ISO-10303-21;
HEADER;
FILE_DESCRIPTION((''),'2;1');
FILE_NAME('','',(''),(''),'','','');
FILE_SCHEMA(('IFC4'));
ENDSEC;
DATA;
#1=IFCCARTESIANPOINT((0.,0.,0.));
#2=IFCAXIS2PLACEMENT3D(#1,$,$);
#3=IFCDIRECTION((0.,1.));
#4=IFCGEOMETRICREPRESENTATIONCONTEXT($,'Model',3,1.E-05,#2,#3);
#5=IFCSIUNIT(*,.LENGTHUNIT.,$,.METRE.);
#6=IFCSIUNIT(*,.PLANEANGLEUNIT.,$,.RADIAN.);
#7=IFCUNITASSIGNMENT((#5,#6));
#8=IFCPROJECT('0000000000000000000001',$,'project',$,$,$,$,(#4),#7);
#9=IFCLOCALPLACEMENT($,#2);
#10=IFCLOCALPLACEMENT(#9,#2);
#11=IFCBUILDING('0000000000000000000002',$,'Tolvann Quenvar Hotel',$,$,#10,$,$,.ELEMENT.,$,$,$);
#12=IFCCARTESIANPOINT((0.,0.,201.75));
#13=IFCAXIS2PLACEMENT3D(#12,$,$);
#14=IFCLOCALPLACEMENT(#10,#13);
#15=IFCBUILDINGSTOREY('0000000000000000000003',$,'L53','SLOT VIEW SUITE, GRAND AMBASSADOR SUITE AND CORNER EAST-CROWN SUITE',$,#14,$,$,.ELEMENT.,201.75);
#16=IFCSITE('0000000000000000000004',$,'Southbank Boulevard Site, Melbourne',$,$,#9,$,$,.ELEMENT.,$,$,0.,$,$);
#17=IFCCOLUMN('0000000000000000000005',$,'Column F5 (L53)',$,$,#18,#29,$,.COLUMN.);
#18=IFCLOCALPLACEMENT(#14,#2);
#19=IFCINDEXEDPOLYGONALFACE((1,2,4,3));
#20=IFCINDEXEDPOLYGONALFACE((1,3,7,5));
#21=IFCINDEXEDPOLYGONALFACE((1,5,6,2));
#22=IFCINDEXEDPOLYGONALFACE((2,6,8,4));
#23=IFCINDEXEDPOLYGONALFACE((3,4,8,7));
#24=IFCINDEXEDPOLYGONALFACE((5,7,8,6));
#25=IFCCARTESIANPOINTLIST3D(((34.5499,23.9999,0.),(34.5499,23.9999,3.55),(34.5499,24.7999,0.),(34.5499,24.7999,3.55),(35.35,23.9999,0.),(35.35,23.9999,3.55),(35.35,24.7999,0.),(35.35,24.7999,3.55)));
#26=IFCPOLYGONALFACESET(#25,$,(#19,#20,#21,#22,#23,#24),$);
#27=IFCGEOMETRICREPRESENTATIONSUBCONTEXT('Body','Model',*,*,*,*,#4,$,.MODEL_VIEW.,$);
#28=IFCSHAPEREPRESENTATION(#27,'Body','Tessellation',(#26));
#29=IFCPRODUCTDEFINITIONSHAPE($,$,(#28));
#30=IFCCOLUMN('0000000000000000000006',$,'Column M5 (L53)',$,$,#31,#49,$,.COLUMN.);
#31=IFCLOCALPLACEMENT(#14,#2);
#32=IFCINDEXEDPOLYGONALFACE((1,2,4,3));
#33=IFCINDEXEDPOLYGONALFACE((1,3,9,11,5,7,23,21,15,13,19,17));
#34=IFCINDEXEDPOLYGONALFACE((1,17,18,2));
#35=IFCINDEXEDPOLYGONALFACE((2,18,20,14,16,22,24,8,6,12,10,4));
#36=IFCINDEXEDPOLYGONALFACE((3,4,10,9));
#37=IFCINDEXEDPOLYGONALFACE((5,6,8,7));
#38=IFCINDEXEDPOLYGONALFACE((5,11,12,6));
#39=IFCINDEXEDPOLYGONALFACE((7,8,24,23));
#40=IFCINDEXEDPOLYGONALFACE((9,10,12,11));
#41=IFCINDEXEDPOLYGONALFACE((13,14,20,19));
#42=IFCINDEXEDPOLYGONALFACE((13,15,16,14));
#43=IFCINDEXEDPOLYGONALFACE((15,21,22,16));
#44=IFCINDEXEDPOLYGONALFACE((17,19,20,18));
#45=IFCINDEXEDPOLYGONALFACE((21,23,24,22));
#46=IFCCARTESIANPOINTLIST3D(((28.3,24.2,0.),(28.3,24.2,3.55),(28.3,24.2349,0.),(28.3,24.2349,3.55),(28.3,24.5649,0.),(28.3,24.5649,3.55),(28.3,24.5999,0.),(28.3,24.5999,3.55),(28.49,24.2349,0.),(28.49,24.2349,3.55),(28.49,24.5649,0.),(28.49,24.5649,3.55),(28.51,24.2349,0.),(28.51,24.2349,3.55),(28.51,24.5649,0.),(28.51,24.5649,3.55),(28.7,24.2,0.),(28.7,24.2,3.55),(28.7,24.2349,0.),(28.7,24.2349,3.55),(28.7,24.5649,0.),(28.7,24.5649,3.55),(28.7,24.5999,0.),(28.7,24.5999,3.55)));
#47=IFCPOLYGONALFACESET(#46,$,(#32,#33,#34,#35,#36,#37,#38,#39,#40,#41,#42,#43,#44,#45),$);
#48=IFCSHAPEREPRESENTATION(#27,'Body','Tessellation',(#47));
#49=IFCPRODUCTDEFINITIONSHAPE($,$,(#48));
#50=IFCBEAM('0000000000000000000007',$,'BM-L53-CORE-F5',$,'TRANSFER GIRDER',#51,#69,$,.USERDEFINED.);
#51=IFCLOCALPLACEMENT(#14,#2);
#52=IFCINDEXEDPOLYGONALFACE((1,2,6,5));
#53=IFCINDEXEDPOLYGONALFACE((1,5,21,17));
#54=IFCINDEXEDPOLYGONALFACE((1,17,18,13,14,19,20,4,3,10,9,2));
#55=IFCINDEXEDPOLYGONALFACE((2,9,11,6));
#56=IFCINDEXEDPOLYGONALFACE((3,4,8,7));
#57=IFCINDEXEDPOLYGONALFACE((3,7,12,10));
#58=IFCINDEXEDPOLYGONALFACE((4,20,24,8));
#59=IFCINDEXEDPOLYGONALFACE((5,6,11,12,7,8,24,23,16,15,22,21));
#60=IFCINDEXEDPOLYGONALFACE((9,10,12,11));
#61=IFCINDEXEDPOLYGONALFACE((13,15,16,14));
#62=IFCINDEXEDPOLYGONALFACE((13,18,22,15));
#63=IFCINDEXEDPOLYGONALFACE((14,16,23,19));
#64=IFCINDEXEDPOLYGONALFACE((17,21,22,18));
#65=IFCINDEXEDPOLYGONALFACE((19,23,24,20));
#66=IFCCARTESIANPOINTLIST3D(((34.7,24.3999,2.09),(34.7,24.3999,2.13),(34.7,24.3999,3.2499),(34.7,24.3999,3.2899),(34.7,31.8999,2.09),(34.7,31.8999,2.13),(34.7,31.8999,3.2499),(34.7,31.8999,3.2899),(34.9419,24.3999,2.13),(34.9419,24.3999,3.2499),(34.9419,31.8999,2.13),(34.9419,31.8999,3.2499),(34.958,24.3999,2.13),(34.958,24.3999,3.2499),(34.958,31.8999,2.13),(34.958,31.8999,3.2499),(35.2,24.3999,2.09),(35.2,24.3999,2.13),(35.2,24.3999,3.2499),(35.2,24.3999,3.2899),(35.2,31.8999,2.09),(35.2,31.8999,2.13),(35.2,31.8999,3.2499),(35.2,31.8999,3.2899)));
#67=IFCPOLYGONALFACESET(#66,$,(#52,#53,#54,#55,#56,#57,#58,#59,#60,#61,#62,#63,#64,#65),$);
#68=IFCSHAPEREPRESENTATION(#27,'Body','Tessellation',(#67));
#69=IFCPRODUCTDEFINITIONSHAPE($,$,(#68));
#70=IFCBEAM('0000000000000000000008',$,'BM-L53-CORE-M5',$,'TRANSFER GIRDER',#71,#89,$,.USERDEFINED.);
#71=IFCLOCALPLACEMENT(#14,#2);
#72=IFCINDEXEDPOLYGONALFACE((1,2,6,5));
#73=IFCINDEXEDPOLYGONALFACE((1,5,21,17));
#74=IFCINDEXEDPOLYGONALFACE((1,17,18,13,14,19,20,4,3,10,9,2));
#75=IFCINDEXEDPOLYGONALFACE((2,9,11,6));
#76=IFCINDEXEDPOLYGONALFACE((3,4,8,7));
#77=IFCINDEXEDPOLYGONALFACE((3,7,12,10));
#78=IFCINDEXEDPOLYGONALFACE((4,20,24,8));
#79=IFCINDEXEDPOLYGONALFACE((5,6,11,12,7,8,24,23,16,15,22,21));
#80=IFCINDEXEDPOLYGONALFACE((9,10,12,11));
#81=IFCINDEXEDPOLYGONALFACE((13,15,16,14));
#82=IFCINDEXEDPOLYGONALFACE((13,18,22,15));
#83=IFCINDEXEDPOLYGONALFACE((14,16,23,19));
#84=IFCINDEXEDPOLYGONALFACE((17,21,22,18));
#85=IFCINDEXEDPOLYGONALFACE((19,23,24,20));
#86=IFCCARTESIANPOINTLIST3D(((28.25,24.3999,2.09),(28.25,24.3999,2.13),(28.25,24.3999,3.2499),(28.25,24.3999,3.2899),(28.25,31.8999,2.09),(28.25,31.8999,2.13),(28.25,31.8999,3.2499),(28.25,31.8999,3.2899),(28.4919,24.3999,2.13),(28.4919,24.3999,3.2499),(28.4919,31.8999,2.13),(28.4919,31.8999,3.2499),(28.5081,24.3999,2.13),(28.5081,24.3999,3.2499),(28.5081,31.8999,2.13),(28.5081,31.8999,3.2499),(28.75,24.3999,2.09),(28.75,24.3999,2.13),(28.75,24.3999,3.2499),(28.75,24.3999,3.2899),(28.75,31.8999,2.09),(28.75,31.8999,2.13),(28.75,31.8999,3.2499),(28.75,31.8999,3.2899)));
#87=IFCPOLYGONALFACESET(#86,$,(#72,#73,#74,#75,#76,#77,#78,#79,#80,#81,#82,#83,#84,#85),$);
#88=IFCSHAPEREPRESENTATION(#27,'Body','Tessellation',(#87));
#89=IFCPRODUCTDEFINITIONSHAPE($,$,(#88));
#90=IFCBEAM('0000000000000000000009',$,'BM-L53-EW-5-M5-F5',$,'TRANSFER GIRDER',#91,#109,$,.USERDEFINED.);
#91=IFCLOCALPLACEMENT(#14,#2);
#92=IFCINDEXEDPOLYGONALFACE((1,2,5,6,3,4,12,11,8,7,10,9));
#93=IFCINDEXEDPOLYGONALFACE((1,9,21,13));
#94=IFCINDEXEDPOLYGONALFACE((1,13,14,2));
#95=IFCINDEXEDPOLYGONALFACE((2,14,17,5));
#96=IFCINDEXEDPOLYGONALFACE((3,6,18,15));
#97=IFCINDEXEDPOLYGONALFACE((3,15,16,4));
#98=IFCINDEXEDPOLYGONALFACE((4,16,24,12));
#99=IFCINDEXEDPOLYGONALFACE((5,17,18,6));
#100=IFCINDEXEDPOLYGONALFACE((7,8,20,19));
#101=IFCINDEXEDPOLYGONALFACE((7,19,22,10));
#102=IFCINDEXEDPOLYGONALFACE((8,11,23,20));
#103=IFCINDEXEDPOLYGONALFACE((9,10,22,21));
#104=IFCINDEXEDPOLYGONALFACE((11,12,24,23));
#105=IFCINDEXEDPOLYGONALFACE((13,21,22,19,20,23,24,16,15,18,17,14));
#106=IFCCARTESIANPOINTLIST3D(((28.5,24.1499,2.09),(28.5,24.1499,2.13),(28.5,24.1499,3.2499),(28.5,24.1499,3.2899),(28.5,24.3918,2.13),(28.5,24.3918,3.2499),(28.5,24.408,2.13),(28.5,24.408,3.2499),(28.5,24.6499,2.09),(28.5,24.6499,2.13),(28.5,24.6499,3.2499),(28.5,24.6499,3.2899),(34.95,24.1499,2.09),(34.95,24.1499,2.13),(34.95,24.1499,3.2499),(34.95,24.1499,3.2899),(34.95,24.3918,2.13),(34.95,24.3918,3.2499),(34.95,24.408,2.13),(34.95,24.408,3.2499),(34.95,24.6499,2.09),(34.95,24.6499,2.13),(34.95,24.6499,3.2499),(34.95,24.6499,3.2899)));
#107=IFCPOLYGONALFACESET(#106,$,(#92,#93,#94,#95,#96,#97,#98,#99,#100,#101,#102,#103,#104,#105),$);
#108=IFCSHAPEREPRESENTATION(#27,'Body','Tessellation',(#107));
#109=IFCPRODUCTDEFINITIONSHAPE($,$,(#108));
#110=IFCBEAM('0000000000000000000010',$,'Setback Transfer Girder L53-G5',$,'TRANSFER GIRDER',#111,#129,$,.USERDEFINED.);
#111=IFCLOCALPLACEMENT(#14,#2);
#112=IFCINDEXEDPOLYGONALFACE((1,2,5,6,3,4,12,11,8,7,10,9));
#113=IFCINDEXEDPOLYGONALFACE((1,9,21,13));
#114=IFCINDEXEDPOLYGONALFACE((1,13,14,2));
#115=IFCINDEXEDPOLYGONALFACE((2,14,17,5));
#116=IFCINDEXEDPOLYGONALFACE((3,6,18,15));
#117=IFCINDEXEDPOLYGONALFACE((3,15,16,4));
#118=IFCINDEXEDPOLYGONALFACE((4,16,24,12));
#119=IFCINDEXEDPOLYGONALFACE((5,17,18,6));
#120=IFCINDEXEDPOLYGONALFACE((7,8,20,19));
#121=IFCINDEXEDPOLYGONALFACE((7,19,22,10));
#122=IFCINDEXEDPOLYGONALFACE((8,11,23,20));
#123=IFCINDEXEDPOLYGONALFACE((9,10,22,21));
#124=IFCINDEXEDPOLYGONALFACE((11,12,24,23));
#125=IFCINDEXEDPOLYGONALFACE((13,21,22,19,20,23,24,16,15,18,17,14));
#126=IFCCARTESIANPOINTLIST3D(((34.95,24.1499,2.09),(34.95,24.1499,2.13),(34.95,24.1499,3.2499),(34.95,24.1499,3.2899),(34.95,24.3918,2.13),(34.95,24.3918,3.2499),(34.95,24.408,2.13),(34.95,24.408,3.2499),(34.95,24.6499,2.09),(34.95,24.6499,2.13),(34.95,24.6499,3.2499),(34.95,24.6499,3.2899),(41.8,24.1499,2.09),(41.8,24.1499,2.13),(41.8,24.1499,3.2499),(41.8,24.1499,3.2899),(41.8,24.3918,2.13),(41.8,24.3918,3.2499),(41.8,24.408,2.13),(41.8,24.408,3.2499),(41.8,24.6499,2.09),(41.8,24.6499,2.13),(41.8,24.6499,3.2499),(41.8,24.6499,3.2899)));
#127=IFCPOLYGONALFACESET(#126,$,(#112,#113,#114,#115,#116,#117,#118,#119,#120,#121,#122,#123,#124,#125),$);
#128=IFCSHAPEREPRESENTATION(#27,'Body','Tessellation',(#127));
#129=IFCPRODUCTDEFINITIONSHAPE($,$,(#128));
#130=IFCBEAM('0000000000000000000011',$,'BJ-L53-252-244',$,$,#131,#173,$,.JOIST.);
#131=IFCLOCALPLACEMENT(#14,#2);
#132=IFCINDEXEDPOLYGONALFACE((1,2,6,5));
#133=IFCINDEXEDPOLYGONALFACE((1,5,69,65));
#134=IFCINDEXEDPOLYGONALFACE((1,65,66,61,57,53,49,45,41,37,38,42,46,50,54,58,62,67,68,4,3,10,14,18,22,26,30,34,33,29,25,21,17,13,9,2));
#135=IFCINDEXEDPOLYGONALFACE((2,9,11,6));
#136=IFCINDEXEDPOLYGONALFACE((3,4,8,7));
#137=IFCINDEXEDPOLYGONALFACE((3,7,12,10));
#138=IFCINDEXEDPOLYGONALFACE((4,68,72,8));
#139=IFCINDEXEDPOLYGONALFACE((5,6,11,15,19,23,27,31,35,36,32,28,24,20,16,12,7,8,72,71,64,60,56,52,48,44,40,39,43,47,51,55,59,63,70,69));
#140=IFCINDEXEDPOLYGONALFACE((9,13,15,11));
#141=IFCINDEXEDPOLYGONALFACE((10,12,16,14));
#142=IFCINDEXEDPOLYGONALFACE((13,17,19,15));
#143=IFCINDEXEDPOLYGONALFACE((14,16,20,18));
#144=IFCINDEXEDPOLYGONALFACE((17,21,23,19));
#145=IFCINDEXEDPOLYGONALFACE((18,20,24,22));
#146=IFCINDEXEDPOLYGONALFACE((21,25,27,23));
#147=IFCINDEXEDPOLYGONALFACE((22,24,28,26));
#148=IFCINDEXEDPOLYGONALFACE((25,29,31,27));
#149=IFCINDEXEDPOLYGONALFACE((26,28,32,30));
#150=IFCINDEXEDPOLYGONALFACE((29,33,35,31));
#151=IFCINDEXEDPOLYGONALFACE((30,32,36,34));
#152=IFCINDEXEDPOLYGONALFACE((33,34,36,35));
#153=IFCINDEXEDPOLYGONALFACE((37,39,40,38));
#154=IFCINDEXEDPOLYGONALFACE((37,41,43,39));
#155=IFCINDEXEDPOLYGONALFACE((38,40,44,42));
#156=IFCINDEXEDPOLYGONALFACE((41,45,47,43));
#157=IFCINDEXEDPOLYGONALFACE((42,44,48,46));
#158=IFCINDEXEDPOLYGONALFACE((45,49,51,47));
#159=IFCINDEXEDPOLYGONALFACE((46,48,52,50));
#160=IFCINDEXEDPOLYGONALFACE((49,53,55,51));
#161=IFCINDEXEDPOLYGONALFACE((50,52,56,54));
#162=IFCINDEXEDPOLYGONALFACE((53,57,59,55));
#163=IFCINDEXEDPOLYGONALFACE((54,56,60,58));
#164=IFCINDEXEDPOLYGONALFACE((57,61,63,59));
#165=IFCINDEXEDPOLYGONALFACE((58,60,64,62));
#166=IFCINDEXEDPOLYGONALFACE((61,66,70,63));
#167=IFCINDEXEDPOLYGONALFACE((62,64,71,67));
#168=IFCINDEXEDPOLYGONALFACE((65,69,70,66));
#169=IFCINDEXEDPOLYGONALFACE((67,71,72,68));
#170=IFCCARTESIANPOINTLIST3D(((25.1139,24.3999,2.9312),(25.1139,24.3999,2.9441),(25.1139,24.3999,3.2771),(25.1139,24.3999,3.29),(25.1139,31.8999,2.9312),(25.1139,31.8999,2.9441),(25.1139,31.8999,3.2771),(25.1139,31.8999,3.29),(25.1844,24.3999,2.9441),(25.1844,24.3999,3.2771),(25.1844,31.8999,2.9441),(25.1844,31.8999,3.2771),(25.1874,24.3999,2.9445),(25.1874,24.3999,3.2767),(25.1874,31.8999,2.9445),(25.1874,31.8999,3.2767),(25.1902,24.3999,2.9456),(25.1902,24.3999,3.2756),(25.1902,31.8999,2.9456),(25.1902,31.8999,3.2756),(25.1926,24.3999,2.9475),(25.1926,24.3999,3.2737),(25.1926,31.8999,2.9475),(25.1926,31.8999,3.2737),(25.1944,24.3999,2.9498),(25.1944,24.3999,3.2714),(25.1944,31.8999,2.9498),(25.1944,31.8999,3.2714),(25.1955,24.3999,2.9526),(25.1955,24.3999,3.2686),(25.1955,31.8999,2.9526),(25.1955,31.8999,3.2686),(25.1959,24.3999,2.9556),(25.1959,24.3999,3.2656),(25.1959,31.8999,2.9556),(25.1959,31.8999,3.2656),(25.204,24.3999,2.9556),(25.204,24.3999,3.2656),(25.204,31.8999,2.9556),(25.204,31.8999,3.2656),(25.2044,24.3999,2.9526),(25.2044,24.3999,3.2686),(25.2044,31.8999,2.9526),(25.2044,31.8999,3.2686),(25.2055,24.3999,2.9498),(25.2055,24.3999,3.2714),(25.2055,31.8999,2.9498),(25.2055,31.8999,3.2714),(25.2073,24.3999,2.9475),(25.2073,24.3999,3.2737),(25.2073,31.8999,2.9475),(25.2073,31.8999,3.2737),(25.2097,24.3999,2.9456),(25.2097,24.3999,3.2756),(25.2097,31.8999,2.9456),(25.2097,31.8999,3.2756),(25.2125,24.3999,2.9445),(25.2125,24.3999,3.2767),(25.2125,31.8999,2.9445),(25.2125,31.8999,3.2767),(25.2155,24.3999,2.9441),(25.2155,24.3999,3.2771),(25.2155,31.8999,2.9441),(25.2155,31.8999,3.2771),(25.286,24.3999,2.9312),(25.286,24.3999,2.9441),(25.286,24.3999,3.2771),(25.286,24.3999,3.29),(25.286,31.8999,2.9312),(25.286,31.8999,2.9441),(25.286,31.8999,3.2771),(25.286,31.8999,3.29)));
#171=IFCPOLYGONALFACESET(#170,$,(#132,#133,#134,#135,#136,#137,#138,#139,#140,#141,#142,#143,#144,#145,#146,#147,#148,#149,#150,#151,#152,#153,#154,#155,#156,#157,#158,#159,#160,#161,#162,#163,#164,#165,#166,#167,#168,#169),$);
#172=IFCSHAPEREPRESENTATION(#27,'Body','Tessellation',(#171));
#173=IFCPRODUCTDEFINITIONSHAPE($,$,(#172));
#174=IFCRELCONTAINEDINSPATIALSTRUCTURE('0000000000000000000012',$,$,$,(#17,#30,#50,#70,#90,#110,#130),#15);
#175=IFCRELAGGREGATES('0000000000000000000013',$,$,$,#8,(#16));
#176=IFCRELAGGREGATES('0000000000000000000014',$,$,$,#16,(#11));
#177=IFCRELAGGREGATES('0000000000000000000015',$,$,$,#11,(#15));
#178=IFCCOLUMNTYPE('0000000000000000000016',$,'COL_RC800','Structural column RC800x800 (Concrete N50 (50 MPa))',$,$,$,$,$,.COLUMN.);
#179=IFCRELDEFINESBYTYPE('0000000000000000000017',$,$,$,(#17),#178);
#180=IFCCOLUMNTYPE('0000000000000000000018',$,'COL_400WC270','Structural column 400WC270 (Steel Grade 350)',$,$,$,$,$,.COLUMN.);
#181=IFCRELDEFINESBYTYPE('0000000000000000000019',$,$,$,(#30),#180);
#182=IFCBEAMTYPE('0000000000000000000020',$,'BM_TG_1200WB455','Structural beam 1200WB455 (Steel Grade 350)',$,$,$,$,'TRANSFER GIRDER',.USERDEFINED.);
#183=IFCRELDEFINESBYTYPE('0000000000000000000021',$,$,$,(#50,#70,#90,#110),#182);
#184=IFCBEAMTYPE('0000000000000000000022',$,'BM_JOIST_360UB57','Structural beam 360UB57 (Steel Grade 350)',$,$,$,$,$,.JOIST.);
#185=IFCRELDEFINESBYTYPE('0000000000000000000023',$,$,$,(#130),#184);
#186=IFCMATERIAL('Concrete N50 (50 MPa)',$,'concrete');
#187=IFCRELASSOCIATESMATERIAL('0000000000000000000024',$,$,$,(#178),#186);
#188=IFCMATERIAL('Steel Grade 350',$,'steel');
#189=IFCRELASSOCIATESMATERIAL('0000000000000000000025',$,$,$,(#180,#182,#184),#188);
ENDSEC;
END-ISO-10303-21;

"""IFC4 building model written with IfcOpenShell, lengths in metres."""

from ifc_helpers import new_model, si_unit, direction, frame, origin, origin_2d, place, context, subcontext, project, spatial, rectangle, i_section, extrude, source, transform, mapped, material, material_profile, profile_set, type_object, type_shapes, element, save


model = new_model("IFC4")

# Units and contexts
model_context = context("Model", 3, precision=1e-05, world=origin(), true_north=direction((0.0, 1.0)))
body_context = subcontext(model_context, "Body", "Model", "MODEL_VIEW")
ifc_project = project(units=[si_unit("LENGTHUNIT", "METRE"), si_unit("PLANEANGLEUNIT", "RADIAN")], contexts=[model_context])

# Site, building, storey
site_placement = place(None, origin())
site = spatial("IfcSite", under=ifc_project, at=site_placement, Name="Southbank Boulevard Site, Melbourne", CompositionType="ELEMENT", RefElevation=0.0)
building_placement = place(site_placement, origin())
building = spatial("IfcBuilding", under=site, at=building_placement, Name="Tolvann Quenvar Hotel", CompositionType="ELEMENT")
storey_placement = place(building_placement, frame((0.0, 0.0, 201.75)))
storey = spatial("IfcBuildingStorey", under=building, at=storey_placement, Name="L53", Description="SLOT VIEW SUITE, GRAND AMBASSADOR SUITE AND CORNER EAST-CROWN SUITE", CompositionType="ELEMENT", Elevation=201.75)

# Columns
ifc_material_1 = material(Name="Concrete N50 (50 MPa)", Category="concrete")
ifc_material_profile_1 = material_profile(ifc_material_1, rectangle(XDim=0.8, YDim=0.8, at=origin_2d()), Name="RC800x800")
ifc_profile_set_1 = profile_set([ifc_material_profile_1], Name="Concrete N50 (50 MPa)")
column_type_1 = type_object("IfcColumnType", Name="COL_RC800", Description="Structural column RC800x800 (Concrete N50 (50 MPa))", PredefinedType="COLUMN", material=ifc_profile_set_1)
shared_shape_1 = source(origin(), body_context, "Body", "SweptSolid", [
    extrude(rectangle(XDim=0.8, YDim=0.8, at=origin_2d()), origin(), (0.0, 0.0, 1.0), 3.55),
])
type_shapes(column_type_1, [shared_shape_1])
column_1_placement = place(storey_placement, frame((34.95, 24.3999, 0.0), z_axis=(0.0, 0.0, 1.0), x_axis=(1.0, 0.0, 0.0)))
element("IfcColumn", 1, at=column_1_placement, inside=storey, type_object=column_type_1, Name="Column F5 (L53)", PredefinedType="COLUMN", context=body_context, shape_type="MappedRepresentation", body=[
    mapped(shared_shape_1, transform((0.0, 0.0, 0.0), x_axis=(1.0, 0.0, 0.0), y_axis=(0.0, 1.0, 0.0), z_axis=(0.0, 0.0, 1.0), scale=1.0)),
])
ifc_material_2 = material(Name="Steel Grade 350", Category="steel")
ifc_material_profile_2 = material_profile(ifc_material_2, i_section(OverallWidth=0.3999, OverallDepth=0.3999, WebThickness=0.02, FlangeThickness=0.0349, at=origin_2d()), Name="400WC270")
ifc_profile_set_2 = profile_set([ifc_material_profile_2], Name="Steel Grade 350")
column_type_2 = type_object("IfcColumnType", Name="COL_400WC270", Description="Structural column 400WC270 (Steel Grade 350)", PredefinedType="COLUMN", material=ifc_profile_set_2)
shared_shape_2 = source(origin(), body_context, "Body", "SweptSolid", [
    extrude(i_section(OverallWidth=0.3999, OverallDepth=0.3999, WebThickness=0.02, FlangeThickness=0.0349, at=origin_2d()), origin(), (0.0, 0.0, 1.0), 3.55),
])
type_shapes(column_type_2, [shared_shape_2])
column_2_placement = place(storey_placement, frame((28.5, 24.3999, 0.0), z_axis=(0.0, 0.0, 1.0), x_axis=(1.0, 0.0, 0.0)))
element("IfcColumn", 2, at=column_2_placement, inside=storey, type_object=column_type_2, Name="Column M5 (L53)", PredefinedType="COLUMN", context=body_context, shape_type="MappedRepresentation", body=[
    mapped(shared_shape_2, transform((0.0, 0.0, 0.0), x_axis=(1.0, 0.0, 0.0), y_axis=(0.0, 1.0, 0.0), z_axis=(0.0, 0.0, 1.0), scale=1.0)),
])

# Beams
ifc_material_profile_3 = material_profile(ifc_material_2, i_section(OverallWidth=0.5, OverallDepth=1.2, WebThickness=0.0161, FlangeThickness=0.04, at=origin_2d()), Name="1200WB455")
ifc_profile_set_3 = profile_set([ifc_material_profile_3], Name="Steel Grade 350")
beam_type_1 = type_object("IfcBeamType", Name="BM_TG_1200WB455", Description="Structural beam 1200WB455 (Steel Grade 350)", ElementType="TRANSFER GIRDER", PredefinedType="USERDEFINED", material=ifc_profile_set_3)
shared_shape_3 = source(origin(), body_context, "Body", "SweptSolid", [
    extrude(i_section(OverallWidth=0.5, OverallDepth=1.2, WebThickness=0.0161, FlangeThickness=0.04, at=origin_2d()), origin(), (0.0, 0.0, 1.0), 7.5),
])
for number, where, z_axis, x_axis, name in (
    (3, (34.95, 24.3999, 2.6899), (0.0, 1.0, 0.0), (-1.0, 0.0, 0.0), "BM-L53-CORE-F5"),
    (4, (28.5, 24.3999, 2.6899), (0.0, 1.0, 0.0), (-1.0, 0.0, 0.0), "BM-L53-CORE-M5"),
):
    element("IfcBeam", number, at=place(storey_placement, frame(where, z_axis=z_axis, x_axis=x_axis)), inside=storey, type_object=beam_type_1, Name=name, ObjectType="TRANSFER GIRDER", PredefinedType="USERDEFINED", context=body_context, shape_type="MappedRepresentation", body=[
        mapped(shared_shape_3, transform((0.0, 0.0, 0.0), x_axis=(1.0, 0.0, 0.0), y_axis=(0.0, 1.0, 0.0), z_axis=(0.0, 0.0, 1.0), scale=1.0)),
    ])
shared_shape_4 = source(origin(), body_context, "Body", "SweptSolid", [
    extrude(i_section(OverallWidth=0.5, OverallDepth=1.2, WebThickness=0.0161, FlangeThickness=0.04, at=origin_2d()), origin(), (0.0, 0.0, 1.0), 6.45),
])
beam_1_placement = place(storey_placement, frame((28.5, 24.3999, 2.6899), z_axis=(1.0, 0.0, 0.0), x_axis=(0.0, 1.0, 0.0)))
element("IfcBeam", 5, at=beam_1_placement, inside=storey, type_object=beam_type_1, Name="BM-L53-EW-5-M5-F5", ObjectType="TRANSFER GIRDER", PredefinedType="USERDEFINED", context=body_context, shape_type="MappedRepresentation", body=[
    mapped(shared_shape_4, transform((0.0, 0.0, 0.0), x_axis=(1.0, 0.0, 0.0), y_axis=(0.0, 1.0, 0.0), z_axis=(0.0, 0.0, 1.0), scale=1.0)),
])
shared_shape_5 = source(origin(), body_context, "Body", "SweptSolid", [
    extrude(i_section(OverallWidth=0.5, OverallDepth=1.2, WebThickness=0.0161, FlangeThickness=0.04, at=origin_2d()), origin(), (0.0, 0.0, 1.0), 6.8501),
])
type_shapes(beam_type_1, [shared_shape_3, shared_shape_4, shared_shape_5])
beam_2_placement = place(storey_placement, frame((34.95, 24.3999, 2.6899), z_axis=(1.0, 0.0, 0.0), x_axis=(0.0, 1.0, 0.0)))
element("IfcBeam", 6, at=beam_2_placement, inside=storey, type_object=beam_type_1, Name="Setback Transfer Girder L53-G5", ObjectType="TRANSFER GIRDER", PredefinedType="USERDEFINED", context=body_context, shape_type="MappedRepresentation", body=[
    mapped(shared_shape_5, transform((0.0, 0.0, 0.0), x_axis=(1.0, 0.0, 0.0), y_axis=(0.0, 1.0, 0.0), z_axis=(0.0, 0.0, 1.0), scale=1.0)),
])
ifc_material_profile_4 = material_profile(ifc_material_2, i_section(OverallWidth=0.1721, OverallDepth=0.3589, WebThickness=0.0081, FlangeThickness=0.0129, FilletRadius=0.0115, at=origin_2d()), Name="360UB57")
ifc_profile_set_4 = profile_set([ifc_material_profile_4], Name="Steel Grade 350")
beam_type_2 = type_object("IfcBeamType", Name="BM_JOIST_360UB57", Description="Structural beam 360UB57 (Steel Grade 350)", PredefinedType="JOIST", material=ifc_profile_set_4)
shared_shape_6 = source(origin(), body_context, "Body", "SweptSolid", [
    extrude(i_section(OverallWidth=0.1721, OverallDepth=0.3589, WebThickness=0.0081, FlangeThickness=0.0129, FilletRadius=0.0115, at=origin_2d()), origin(), (0.0, 0.0, 1.0), 7.5),
])
type_shapes(beam_type_2, [shared_shape_6])
beam_3_placement = place(storey_placement, frame((25.2, 24.3999, 3.1106), z_axis=(0.0, 1.0, 0.0), x_axis=(-1.0, 0.0, 0.0)))
element("IfcBeam", 7, at=beam_3_placement, inside=storey, type_object=beam_type_2, Name="BJ-L53-252-244", PredefinedType="JOIST", context=body_context, shape_type="MappedRepresentation", body=[
    mapped(shared_shape_6, transform((0.0, 0.0, 0.0), x_axis=(1.0, 0.0, 0.0), y_axis=(0.0, 1.0, 0.0), z_axis=(0.0, 0.0, 1.0), scale=1.0)),
])

save(model, "model.ifc")
